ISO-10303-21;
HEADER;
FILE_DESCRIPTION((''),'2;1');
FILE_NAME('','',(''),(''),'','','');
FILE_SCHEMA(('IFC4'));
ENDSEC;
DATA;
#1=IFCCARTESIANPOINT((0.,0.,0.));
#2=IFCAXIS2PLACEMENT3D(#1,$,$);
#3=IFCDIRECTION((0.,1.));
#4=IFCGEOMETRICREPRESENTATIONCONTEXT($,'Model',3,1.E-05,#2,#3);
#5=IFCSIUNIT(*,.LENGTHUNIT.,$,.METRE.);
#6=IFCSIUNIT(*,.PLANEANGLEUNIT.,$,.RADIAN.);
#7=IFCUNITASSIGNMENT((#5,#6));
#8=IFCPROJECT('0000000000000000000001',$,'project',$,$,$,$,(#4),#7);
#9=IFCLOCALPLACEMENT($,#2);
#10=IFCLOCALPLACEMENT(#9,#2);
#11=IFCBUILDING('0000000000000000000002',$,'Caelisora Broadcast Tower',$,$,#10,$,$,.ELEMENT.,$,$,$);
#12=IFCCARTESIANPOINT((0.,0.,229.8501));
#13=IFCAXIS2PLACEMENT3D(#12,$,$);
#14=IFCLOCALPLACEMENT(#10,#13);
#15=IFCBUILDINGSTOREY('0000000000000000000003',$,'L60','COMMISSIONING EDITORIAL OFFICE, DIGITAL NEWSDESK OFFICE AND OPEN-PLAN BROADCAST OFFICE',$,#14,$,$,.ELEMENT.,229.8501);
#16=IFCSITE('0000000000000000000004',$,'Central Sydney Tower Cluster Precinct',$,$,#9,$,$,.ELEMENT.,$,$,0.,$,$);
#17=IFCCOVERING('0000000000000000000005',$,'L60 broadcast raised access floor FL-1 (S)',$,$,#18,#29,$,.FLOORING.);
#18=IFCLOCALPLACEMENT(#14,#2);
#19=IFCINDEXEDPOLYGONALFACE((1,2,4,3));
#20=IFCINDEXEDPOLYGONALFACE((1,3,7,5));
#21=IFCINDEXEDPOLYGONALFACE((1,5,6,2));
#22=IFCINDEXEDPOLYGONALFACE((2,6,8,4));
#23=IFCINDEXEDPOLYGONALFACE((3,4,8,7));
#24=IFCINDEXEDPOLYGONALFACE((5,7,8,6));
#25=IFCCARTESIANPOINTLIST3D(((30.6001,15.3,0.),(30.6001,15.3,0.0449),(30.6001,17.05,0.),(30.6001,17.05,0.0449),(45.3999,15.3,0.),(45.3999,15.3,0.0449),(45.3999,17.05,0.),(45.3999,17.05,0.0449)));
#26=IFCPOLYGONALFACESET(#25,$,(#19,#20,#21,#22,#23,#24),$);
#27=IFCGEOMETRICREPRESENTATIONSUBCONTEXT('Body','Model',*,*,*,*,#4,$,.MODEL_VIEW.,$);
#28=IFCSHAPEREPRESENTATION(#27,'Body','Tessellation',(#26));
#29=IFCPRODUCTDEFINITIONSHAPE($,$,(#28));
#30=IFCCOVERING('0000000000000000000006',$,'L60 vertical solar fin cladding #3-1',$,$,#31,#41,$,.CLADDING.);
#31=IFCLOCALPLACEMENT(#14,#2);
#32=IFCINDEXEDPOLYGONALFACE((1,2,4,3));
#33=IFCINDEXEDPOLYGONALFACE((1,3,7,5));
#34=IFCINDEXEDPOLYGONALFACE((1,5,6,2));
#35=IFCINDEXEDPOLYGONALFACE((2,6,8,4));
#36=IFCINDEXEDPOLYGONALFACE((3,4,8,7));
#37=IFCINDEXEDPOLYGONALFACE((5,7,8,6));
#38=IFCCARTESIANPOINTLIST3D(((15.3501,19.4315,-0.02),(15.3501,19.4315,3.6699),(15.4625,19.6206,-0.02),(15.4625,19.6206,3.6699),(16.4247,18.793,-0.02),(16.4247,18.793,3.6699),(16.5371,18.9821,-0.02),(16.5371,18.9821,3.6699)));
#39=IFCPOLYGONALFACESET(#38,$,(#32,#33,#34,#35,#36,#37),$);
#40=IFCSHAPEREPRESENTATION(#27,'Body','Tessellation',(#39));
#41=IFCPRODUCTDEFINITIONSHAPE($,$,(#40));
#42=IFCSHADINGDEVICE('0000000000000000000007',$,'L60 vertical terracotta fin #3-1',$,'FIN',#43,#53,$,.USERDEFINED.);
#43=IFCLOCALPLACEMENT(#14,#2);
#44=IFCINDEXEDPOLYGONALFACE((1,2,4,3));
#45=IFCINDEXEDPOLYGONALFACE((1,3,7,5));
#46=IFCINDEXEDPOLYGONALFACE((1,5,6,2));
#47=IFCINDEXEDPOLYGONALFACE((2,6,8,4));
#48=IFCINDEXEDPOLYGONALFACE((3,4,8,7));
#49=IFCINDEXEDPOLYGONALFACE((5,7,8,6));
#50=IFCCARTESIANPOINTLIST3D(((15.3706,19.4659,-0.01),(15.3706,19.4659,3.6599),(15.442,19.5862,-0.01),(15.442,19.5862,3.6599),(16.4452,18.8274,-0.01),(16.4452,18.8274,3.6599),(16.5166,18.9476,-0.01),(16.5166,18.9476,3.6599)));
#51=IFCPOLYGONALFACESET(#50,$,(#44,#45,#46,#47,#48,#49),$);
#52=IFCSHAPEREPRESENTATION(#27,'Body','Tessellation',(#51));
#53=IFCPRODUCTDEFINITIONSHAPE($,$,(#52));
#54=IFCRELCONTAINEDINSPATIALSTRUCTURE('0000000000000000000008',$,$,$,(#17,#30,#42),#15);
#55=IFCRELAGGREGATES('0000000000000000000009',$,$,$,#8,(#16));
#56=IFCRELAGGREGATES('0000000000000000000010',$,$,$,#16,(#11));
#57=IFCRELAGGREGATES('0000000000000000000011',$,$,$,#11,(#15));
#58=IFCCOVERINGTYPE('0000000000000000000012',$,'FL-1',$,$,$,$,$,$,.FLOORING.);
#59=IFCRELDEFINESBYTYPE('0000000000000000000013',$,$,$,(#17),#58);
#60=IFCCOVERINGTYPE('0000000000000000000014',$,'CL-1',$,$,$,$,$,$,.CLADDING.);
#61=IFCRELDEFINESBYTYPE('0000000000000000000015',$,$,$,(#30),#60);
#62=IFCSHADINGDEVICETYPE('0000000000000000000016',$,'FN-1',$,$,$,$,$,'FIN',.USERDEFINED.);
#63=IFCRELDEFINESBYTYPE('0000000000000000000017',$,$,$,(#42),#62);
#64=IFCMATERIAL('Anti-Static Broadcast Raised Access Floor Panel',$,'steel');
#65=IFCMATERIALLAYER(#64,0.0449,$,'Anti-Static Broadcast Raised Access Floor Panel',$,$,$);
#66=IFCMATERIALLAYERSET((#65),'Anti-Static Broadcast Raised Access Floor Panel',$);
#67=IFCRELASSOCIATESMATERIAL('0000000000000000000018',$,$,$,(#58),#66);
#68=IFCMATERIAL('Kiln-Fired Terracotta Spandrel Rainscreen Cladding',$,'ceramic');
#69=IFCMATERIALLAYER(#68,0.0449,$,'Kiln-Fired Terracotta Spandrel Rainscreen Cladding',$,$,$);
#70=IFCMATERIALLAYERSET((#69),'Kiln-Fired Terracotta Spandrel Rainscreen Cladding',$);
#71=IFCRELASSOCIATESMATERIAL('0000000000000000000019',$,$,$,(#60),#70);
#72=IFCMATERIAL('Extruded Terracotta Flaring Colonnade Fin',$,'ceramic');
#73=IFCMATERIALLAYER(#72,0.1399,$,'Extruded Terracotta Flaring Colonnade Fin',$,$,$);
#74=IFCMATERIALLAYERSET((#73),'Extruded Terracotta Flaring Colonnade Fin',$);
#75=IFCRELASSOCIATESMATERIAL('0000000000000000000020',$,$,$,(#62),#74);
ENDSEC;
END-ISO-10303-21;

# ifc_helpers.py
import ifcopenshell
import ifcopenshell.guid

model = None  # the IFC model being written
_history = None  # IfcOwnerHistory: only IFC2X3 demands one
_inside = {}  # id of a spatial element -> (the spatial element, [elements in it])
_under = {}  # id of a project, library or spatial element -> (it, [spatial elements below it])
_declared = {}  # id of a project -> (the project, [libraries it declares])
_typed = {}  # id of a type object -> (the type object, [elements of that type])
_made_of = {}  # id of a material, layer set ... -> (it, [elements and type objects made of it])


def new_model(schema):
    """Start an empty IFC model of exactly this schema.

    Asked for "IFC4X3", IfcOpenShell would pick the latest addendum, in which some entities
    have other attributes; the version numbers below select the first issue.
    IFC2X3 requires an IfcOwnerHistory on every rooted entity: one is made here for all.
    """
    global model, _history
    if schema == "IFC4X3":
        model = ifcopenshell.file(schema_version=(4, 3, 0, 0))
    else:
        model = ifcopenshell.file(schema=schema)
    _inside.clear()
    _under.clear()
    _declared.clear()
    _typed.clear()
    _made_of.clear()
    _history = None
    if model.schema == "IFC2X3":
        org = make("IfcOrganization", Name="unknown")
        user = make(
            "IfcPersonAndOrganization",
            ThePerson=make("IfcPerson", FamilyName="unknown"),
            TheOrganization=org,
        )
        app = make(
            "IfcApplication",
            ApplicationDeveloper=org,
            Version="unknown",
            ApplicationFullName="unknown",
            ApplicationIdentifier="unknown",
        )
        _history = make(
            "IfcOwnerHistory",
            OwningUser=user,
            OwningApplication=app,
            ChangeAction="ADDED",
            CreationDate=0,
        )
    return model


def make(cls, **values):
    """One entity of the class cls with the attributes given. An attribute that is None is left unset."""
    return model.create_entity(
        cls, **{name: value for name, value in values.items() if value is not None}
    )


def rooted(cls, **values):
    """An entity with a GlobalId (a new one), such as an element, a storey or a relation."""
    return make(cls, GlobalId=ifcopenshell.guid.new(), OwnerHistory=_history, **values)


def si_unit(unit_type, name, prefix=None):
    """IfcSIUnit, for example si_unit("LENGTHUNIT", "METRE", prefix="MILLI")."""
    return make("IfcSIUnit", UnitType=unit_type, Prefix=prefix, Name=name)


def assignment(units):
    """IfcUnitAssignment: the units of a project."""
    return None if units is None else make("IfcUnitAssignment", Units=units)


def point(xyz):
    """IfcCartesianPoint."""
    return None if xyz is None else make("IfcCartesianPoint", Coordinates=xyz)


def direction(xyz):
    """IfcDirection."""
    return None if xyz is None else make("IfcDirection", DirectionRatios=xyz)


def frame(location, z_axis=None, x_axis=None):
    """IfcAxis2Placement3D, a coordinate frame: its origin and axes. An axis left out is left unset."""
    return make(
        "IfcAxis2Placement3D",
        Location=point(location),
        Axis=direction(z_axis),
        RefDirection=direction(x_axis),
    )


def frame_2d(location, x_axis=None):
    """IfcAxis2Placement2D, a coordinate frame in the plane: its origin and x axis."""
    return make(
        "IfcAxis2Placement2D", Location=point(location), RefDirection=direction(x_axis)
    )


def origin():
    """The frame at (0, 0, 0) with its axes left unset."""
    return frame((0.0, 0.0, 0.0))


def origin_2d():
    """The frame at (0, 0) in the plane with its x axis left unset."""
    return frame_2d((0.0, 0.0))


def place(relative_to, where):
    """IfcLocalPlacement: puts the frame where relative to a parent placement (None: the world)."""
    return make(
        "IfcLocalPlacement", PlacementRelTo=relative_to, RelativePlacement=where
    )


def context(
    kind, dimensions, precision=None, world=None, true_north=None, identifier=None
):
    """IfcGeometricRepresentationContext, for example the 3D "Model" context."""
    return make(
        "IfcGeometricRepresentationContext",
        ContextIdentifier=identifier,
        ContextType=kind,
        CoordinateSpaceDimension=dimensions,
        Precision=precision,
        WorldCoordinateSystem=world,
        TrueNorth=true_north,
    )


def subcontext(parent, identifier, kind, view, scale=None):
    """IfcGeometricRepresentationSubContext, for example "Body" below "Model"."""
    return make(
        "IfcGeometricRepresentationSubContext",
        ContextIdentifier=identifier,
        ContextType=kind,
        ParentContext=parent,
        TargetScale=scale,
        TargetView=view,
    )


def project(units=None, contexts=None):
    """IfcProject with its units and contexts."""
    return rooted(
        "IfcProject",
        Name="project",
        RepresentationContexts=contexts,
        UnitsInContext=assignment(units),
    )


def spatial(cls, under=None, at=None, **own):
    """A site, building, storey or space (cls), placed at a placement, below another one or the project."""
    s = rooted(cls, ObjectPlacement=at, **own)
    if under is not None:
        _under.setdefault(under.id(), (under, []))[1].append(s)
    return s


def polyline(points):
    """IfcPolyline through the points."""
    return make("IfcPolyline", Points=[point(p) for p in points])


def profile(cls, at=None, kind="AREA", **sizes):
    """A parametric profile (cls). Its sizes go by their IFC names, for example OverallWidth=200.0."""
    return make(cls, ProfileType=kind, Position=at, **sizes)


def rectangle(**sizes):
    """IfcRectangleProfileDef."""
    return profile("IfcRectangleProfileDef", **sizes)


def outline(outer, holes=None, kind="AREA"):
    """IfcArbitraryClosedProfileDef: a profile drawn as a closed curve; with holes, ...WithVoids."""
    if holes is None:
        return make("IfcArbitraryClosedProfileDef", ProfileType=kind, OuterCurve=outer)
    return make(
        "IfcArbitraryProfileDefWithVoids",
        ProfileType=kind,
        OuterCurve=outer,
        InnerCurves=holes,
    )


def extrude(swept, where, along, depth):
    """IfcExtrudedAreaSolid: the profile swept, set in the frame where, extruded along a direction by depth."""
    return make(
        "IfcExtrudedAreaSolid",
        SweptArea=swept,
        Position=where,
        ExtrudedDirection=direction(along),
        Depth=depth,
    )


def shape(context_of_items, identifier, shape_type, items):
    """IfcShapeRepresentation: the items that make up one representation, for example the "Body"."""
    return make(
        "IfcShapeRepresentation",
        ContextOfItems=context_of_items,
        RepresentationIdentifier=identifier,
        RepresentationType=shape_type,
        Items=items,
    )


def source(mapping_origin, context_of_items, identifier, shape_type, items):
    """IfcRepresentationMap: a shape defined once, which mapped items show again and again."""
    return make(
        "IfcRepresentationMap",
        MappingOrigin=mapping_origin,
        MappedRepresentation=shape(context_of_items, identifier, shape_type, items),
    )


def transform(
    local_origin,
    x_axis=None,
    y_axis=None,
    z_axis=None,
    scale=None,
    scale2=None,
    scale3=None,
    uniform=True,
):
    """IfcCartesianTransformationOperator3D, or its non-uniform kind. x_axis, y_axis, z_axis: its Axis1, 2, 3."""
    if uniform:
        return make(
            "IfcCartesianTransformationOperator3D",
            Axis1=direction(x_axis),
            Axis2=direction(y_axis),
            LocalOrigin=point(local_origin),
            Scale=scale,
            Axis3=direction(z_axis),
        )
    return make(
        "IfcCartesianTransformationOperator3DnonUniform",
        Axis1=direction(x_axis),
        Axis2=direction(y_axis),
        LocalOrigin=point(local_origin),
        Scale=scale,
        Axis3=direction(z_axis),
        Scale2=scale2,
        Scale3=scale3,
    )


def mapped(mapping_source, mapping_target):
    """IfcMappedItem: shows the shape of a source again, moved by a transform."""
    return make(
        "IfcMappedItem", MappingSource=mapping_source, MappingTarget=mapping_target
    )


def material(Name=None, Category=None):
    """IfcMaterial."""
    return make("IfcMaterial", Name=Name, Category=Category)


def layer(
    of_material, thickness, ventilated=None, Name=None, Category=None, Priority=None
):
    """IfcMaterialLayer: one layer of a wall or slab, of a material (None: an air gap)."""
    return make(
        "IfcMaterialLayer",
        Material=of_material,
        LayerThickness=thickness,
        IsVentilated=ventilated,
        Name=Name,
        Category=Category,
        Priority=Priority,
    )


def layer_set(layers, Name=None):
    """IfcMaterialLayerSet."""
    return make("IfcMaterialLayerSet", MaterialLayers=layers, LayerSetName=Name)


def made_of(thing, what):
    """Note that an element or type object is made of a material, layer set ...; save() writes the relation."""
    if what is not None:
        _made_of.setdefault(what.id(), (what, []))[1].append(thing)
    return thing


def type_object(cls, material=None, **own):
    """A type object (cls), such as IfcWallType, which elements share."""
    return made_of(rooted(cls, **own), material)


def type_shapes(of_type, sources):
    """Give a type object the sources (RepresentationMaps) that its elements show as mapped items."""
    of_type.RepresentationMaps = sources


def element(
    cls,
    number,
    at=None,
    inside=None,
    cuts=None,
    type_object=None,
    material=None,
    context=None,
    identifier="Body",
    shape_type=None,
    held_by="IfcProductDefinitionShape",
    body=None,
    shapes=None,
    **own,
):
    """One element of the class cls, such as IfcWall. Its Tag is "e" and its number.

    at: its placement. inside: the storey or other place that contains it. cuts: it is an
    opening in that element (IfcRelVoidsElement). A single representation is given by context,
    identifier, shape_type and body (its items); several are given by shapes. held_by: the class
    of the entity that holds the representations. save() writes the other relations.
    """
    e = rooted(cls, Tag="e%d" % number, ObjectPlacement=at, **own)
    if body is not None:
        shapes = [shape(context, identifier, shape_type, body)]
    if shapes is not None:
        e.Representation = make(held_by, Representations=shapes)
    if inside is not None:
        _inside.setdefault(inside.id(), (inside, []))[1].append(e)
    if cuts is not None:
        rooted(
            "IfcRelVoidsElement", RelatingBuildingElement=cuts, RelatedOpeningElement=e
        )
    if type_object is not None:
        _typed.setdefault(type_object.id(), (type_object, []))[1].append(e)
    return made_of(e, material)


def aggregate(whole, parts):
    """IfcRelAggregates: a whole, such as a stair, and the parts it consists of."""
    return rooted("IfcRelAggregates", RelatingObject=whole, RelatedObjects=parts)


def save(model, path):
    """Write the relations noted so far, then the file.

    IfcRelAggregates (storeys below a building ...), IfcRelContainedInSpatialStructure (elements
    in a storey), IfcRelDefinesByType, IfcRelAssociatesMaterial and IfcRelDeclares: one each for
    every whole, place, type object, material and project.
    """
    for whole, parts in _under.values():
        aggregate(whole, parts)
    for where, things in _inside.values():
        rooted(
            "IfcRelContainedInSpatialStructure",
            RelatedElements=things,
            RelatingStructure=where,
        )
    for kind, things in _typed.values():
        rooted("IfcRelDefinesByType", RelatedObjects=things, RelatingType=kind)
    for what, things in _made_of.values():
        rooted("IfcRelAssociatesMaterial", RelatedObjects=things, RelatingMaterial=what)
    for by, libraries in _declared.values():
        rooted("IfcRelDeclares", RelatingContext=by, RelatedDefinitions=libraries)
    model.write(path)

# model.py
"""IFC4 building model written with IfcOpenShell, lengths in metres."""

from ifc_helpers import new_model, si_unit, direction, frame, origin, origin_2d, place, context, subcontext, project, spatial, polyline, rectangle, outline, extrude, source, transform, mapped, material, layer, layer_set, type_object, type_shapes, element, save


model = new_model("IFC4")

# Units and contexts
model_context = context("Model", 3, precision=1e-05, world=origin(), true_north=direction((0.0, 1.0)))
body_context = subcontext(model_context, "Body", "Model", "MODEL_VIEW")
ifc_project = project(units=[si_unit("LENGTHUNIT", "METRE"), si_unit("PLANEANGLEUNIT", "RADIAN")], contexts=[model_context])

# Site, building, storey
site_placement = place(None, origin())
site = spatial("IfcSite", under=ifc_project, at=site_placement, Name="Central Sydney Tower Cluster Precinct", CompositionType="ELEMENT", RefElevation=0.0)
building_placement = place(site_placement, origin())
building = spatial("IfcBuilding", under=site, at=building_placement, Name="Caelisora Broadcast Tower", CompositionType="ELEMENT")
storey_placement = place(building_placement, frame((0.0, 0.0, 229.8501)))
storey = spatial("IfcBuildingStorey", under=building, at=storey_placement, Name="L60", Description="COMMISSIONING EDITORIAL OFFICE, DIGITAL NEWSDESK OFFICE AND OPEN-PLAN BROADCAST OFFICE", CompositionType="ELEMENT", Elevation=229.8501)

# Coverings
ifc_material_1 = material(Name="Anti-Static Broadcast Raised Access Floor Panel", Category="steel")
ifc_layer_1 = layer(ifc_material_1, 0.0449, Name="Anti-Static Broadcast Raised Access Floor Panel")
ifc_layer_set_1 = layer_set([ifc_layer_1], Name="Anti-Static Broadcast Raised Access Floor Panel")
covering_type_1 = type_object("IfcCoveringType", Name="FL-1", PredefinedType="FLOORING", material=ifc_layer_set_1)
covering_1_placement = place(storey_placement, origin())
element("IfcCovering", 1, at=covering_1_placement, inside=storey, type_object=covering_type_1, Name="L60 broadcast raised access floor FL-1 (S)", PredefinedType="FLOORING", context=body_context, shape_type="SweptSolid", body=[
    extrude(outline(polyline([(30.6001, 15.3), (45.3999, 15.3), (45.3999, 17.05), (30.6001, 17.05), (30.6001, 15.3)])), origin(), (0.0, 0.0, 1.0), 0.0449),
])
ifc_material_2 = material(Name="Kiln-Fired Terracotta Spandrel Rainscreen Cladding", Category="ceramic")
ifc_layer_2 = layer(ifc_material_2, 0.0449, Name="Kiln-Fired Terracotta Spandrel Rainscreen Cladding")
ifc_layer_set_2 = layer_set([ifc_layer_2], Name="Kiln-Fired Terracotta Spandrel Rainscreen Cladding")
covering_type_2 = type_object("IfcCoveringType", Name="CL-1", PredefinedType="CLADDING", material=ifc_layer_set_2)
shared_shape_1 = source(origin(), body_context, "Body", "SweptSolid", [
    extrude(rectangle(XDim=0.22, YDim=1.25, at=origin_2d()), origin(), (0.0, 0.0, 1.0), 3.6899),
])
type_shapes(covering_type_2, [shared_shape_1])
covering_2_placement = place(storey_placement, frame((15.9436, 19.2068, -0.02), z_axis=(0.0, 0.0, 1.0), x_axis=(0.510843, 0.859674, 0.0)))
element("IfcCovering", 2, at=covering_2_placement, inside=storey, type_object=covering_type_2, Name="L60 vertical solar fin cladding #3-1", PredefinedType="CLADDING", context=body_context, shape_type="MappedRepresentation", body=[
    mapped(shared_shape_1, transform((0.0, 0.0, 0.0), scale=1.0)),
])

# Shading device
ifc_material_3 = material(Name="Extruded Terracotta Flaring Colonnade Fin", Category="ceramic")
ifc_layer_3 = layer(ifc_material_3, 0.1399, Name="Extruded Terracotta Flaring Colonnade Fin")
ifc_layer_set_3 = layer_set([ifc_layer_3], Name="Extruded Terracotta Flaring Colonnade Fin")
shading_device_type = type_object("IfcShadingDeviceType", Name="FN-1", ElementType="FIN", PredefinedType="USERDEFINED", material=ifc_layer_set_3)
shared_shape_2 = source(origin(), body_context, "Body", "SweptSolid", [
    extrude(rectangle(XDim=0.1399, YDim=1.25, at=origin_2d()), origin(), (0.0, 0.0, 1.0), 3.6699),
])
type_shapes(shading_device_type, [shared_shape_2])
shading_device_placement = place(storey_placement, frame((15.9436, 19.2068, -0.01), z_axis=(0.0, 0.0, 1.0), x_axis=(0.510843, 0.859674, 0.0)))
element("IfcShadingDevice", 3, at=shading_device_placement, inside=storey, type_object=shading_device_type, Name="L60 vertical terracotta fin #3-1", ObjectType="FIN", PredefinedType="USERDEFINED", context=body_context, shape_type="MappedRepresentation", body=[
    mapped(shared_shape_2, transform((0.0, 0.0, 0.0), scale=1.0)),
])

save(model, "model.ifc")
